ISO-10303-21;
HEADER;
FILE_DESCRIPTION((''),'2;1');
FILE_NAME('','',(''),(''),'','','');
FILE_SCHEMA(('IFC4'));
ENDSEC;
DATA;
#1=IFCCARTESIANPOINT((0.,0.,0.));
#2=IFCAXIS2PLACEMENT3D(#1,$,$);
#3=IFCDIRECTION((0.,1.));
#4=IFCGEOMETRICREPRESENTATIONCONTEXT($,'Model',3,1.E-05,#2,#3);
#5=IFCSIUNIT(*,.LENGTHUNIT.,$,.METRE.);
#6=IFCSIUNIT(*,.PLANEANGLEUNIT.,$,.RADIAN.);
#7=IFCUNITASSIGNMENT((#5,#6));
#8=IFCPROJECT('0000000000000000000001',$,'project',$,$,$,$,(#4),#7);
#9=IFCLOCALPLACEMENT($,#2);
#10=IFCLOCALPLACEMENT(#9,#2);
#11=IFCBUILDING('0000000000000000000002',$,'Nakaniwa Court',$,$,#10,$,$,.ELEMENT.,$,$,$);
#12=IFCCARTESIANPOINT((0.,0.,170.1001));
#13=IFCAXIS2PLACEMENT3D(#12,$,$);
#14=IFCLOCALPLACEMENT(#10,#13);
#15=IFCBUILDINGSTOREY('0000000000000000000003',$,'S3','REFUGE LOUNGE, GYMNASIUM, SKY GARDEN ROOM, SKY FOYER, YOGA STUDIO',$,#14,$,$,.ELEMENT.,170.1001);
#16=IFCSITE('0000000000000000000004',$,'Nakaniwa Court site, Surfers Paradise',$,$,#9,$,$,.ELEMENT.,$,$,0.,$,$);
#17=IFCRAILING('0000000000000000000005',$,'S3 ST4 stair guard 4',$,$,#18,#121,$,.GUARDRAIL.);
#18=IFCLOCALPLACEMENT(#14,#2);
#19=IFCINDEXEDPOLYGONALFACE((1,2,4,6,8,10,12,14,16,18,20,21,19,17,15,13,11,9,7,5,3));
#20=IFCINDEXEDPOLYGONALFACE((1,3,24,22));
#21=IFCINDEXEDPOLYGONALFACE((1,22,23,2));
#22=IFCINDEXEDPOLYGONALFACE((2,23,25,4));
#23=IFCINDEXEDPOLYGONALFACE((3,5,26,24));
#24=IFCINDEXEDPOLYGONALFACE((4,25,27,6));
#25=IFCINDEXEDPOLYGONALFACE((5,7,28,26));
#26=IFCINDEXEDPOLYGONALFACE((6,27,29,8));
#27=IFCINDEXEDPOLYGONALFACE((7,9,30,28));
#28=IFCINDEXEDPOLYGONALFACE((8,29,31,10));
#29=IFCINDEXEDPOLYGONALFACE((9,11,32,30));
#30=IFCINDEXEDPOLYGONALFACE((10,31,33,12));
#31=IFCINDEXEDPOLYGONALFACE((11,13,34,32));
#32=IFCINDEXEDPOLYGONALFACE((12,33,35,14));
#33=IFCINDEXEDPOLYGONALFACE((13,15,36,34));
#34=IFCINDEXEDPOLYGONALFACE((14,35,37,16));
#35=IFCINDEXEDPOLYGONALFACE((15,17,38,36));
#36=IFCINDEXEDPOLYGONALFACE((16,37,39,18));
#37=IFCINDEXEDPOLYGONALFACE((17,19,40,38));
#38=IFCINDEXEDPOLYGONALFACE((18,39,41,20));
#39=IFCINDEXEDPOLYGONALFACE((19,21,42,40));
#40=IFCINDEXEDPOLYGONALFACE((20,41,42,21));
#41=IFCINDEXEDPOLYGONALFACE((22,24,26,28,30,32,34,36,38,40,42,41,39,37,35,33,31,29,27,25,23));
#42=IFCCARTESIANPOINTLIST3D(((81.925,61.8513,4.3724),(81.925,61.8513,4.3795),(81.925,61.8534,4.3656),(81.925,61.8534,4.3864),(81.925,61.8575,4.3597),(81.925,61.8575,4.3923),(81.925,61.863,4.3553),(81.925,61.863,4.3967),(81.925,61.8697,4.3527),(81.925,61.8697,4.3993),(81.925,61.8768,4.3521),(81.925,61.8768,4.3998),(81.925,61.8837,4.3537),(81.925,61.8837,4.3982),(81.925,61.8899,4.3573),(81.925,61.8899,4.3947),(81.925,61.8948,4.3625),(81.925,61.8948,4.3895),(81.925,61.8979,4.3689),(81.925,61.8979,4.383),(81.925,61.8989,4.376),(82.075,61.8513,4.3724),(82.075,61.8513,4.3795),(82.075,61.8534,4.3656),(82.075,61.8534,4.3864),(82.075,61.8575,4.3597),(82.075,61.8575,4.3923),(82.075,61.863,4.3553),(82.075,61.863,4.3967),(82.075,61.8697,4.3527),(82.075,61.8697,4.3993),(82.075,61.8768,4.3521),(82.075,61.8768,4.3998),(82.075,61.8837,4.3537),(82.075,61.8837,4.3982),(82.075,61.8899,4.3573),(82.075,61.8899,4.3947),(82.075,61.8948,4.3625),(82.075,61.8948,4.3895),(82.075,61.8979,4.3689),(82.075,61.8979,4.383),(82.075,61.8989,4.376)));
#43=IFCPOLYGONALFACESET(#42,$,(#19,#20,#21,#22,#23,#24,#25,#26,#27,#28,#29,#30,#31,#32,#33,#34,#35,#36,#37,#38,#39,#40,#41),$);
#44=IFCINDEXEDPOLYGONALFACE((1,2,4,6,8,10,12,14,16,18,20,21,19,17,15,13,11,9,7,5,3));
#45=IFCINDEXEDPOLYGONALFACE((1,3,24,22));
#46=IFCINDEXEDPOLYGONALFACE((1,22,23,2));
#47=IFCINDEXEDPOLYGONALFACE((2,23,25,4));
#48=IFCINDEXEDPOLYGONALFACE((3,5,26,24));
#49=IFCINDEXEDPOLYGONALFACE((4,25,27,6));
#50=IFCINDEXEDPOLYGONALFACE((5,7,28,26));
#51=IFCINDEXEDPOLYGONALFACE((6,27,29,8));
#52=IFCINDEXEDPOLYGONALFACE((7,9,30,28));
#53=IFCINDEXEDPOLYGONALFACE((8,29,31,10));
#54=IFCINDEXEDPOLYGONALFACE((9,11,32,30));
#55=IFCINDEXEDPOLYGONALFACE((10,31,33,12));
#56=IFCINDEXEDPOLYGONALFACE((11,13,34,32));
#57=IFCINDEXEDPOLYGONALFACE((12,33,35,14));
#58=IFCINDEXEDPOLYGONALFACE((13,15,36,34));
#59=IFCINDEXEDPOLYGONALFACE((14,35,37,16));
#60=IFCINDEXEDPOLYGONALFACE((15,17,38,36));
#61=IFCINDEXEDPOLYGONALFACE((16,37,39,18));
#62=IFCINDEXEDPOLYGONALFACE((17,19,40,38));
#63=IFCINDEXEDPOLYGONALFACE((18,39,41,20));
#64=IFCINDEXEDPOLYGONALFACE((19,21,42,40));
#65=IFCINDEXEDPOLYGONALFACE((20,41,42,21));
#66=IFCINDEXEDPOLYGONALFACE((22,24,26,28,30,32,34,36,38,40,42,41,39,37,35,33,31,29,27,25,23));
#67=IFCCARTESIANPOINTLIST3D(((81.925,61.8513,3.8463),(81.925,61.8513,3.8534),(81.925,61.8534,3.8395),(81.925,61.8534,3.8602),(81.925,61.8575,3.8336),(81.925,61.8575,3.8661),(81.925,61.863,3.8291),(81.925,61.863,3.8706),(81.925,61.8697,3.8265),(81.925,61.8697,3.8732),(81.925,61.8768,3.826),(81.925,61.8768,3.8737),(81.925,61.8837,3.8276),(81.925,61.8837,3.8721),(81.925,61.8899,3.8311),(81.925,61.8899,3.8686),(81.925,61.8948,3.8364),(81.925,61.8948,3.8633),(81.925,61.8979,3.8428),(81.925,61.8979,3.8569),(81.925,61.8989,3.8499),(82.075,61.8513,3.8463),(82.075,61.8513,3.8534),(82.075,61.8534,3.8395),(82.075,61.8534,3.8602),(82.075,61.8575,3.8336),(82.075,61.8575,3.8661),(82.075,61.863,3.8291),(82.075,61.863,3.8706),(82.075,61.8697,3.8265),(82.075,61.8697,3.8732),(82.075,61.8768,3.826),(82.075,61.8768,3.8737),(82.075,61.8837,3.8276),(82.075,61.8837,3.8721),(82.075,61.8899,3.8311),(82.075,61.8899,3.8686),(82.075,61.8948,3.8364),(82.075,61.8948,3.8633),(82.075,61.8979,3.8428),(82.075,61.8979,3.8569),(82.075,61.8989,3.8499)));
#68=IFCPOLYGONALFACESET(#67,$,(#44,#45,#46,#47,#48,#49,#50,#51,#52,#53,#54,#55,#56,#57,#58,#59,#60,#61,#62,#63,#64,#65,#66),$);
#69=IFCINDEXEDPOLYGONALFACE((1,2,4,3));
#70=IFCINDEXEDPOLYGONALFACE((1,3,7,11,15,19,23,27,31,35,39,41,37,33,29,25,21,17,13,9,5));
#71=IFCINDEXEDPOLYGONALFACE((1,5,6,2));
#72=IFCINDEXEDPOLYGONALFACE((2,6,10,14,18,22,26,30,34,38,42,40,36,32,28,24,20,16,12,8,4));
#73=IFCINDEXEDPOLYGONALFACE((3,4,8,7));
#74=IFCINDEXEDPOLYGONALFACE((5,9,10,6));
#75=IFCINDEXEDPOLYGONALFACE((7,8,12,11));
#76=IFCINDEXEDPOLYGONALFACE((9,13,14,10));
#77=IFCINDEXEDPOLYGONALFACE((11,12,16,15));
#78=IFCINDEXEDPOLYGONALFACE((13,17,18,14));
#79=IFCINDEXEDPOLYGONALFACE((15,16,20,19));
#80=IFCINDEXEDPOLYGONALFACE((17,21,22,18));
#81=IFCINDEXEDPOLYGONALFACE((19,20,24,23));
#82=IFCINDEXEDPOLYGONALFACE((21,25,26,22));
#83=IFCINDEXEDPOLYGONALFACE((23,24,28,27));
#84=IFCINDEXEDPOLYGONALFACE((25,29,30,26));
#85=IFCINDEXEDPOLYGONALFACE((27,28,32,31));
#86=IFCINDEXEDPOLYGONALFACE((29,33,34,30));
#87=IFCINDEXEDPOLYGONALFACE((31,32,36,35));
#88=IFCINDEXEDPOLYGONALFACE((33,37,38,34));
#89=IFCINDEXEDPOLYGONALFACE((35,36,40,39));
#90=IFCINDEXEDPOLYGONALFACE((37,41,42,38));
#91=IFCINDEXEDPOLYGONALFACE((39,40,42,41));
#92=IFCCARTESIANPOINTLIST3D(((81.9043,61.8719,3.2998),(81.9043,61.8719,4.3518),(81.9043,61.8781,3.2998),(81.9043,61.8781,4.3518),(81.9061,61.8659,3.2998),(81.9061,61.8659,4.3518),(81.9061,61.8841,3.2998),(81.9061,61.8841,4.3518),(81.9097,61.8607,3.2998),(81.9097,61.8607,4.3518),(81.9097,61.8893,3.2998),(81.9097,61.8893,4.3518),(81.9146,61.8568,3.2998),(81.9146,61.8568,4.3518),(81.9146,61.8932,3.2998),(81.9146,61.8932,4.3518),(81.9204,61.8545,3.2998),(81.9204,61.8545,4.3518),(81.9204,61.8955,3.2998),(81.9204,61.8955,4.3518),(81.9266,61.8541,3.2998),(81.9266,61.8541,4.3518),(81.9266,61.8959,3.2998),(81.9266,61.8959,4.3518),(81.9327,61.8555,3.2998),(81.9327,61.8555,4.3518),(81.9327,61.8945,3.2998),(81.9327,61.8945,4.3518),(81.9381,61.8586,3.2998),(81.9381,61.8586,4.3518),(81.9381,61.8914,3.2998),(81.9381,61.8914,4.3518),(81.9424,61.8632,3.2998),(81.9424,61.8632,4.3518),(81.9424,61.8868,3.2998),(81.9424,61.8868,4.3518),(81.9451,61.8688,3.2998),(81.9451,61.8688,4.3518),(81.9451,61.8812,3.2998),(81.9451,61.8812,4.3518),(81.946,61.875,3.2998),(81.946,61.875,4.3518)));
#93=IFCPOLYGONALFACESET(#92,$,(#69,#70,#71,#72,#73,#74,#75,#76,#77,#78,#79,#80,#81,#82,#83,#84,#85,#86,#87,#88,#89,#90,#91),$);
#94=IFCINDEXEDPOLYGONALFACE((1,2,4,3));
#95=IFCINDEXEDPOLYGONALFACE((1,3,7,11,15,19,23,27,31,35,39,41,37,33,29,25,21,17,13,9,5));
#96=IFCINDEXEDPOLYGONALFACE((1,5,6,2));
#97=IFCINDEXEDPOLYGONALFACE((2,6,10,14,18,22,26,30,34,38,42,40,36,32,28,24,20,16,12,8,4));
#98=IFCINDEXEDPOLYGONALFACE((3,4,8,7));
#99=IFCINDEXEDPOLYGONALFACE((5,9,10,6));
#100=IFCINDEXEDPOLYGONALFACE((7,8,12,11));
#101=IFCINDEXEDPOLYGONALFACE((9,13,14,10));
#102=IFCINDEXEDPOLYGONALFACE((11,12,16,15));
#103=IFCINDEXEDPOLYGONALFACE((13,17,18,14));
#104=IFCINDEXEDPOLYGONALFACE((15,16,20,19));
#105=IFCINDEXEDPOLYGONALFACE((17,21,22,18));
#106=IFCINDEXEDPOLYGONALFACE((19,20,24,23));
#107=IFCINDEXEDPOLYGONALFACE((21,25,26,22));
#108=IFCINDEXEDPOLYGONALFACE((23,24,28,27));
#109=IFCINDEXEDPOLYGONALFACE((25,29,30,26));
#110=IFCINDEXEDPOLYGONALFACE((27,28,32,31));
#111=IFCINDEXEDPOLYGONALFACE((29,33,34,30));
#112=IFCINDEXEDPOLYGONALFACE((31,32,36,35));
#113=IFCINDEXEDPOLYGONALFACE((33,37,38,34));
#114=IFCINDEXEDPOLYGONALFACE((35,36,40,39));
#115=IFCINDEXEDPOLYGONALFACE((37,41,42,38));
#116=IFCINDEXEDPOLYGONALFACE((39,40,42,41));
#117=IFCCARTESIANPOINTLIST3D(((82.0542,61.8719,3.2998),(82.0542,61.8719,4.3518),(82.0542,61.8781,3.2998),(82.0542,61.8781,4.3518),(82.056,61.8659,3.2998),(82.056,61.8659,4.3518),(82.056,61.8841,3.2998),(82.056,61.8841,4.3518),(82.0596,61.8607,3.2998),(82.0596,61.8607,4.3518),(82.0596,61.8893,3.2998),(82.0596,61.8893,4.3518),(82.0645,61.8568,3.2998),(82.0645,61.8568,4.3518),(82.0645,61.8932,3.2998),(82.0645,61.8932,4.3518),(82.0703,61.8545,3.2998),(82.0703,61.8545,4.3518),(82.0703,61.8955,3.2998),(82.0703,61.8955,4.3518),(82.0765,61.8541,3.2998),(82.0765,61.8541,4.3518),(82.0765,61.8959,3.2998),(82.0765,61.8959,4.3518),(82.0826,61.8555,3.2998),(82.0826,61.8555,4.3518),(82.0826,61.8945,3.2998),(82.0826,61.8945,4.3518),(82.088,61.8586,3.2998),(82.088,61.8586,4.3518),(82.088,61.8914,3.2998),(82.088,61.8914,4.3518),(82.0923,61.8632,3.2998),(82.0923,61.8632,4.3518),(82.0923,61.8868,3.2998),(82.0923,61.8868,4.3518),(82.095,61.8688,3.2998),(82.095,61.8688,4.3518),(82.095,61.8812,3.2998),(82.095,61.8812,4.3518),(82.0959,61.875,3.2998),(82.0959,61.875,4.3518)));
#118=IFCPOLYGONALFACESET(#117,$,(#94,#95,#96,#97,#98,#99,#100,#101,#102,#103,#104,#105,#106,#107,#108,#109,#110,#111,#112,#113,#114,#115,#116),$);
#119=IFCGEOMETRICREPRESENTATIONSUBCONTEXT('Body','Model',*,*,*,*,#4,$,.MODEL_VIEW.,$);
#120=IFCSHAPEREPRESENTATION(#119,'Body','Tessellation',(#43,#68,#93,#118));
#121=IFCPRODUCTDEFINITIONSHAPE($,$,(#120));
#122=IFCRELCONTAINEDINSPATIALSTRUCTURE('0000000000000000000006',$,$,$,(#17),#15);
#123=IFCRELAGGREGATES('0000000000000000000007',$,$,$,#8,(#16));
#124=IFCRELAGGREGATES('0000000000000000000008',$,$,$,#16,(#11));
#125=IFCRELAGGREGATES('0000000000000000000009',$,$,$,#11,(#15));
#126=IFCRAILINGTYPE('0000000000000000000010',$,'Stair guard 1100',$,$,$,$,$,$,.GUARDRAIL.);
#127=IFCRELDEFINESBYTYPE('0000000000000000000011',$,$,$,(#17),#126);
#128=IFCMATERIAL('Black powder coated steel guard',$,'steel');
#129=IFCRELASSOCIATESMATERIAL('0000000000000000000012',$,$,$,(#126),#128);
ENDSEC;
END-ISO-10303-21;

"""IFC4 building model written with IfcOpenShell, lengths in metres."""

from ifc_helpers import new_model, si_unit, direction, frame, origin, origin_2d, place, context, subcontext, project, spatial, circle, extrude, material, type_object, element, save


model = new_model("IFC4")

# Units and contexts
model_context = context("Model", 3, precision=1e-05, world=origin(), true_north=direction((0.0, 1.0)))
body_context = subcontext(model_context, "Body", "Model", "MODEL_VIEW")
ifc_project = project(units=[si_unit("LENGTHUNIT", "METRE"), si_unit("PLANEANGLEUNIT", "RADIAN")], contexts=[model_context])

# Site, building, storey
site_placement = place(None, origin())
site = spatial("IfcSite", under=ifc_project, at=site_placement, Name="Nakaniwa Court site, Surfers Paradise", CompositionType="ELEMENT", RefElevation=0.0)
building_placement = place(site_placement, origin())
building = spatial("IfcBuilding", under=site, at=building_placement, Name="Nakaniwa Court", CompositionType="ELEMENT")
storey_placement = place(building_placement, frame((0.0, 0.0, 170.1001)))
storey = spatial("IfcBuildingStorey", under=building, at=storey_placement, Name="S3", Description="REFUGE LOUNGE, GYMNASIUM, SKY GARDEN ROOM, SKY FOYER, YOGA STUDIO", CompositionType="ELEMENT", Elevation=170.1001)

# Railing
ifc_material_1 = material(Name="Black powder coated steel guard", Category="steel")
railing_type_1 = type_object("IfcRailingType", Name="Stair guard 1100", PredefinedType="GUARDRAIL", material=ifc_material_1)
railing_1_placement = place(storey_placement, frame((81.925, 61.875, 3.2998)))
element("IfcRailing", 1, at=railing_1_placement, inside=storey, type_object=railing_type_1, Name="S3 ST4 stair guard 4", PredefinedType="GUARDRAIL", context=body_context, shape_type="SweptSolid", body=[
    extrude(circle(Radius=0.0239, at=origin_2d()), frame((0.0, 0.0, 1.0762), z_axis=(1.0, 0.0, 0.0), x_axis=(0.0, 1.0, 0.0)), (0.0, 0.0, 1.0), 0.1499),
    extrude(circle(Radius=0.0239, at=origin_2d()), frame((0.0, 0.0, 0.55), z_axis=(1.0, 0.0, 0.0), x_axis=(0.0, 1.0, 0.0)), (0.0, 0.0, 1.0), 0.1499),
    extrude(circle(Radius=0.021, at=origin_2d()), origin(), (0.0, 0.0, 1.0), 1.052),
    extrude(circle(Radius=0.021, at=origin_2d()), frame((0.1499, 0.0, 0.0)), (0.0, 0.0, 1.0), 1.052),
])

save(model, "model.ifc")
